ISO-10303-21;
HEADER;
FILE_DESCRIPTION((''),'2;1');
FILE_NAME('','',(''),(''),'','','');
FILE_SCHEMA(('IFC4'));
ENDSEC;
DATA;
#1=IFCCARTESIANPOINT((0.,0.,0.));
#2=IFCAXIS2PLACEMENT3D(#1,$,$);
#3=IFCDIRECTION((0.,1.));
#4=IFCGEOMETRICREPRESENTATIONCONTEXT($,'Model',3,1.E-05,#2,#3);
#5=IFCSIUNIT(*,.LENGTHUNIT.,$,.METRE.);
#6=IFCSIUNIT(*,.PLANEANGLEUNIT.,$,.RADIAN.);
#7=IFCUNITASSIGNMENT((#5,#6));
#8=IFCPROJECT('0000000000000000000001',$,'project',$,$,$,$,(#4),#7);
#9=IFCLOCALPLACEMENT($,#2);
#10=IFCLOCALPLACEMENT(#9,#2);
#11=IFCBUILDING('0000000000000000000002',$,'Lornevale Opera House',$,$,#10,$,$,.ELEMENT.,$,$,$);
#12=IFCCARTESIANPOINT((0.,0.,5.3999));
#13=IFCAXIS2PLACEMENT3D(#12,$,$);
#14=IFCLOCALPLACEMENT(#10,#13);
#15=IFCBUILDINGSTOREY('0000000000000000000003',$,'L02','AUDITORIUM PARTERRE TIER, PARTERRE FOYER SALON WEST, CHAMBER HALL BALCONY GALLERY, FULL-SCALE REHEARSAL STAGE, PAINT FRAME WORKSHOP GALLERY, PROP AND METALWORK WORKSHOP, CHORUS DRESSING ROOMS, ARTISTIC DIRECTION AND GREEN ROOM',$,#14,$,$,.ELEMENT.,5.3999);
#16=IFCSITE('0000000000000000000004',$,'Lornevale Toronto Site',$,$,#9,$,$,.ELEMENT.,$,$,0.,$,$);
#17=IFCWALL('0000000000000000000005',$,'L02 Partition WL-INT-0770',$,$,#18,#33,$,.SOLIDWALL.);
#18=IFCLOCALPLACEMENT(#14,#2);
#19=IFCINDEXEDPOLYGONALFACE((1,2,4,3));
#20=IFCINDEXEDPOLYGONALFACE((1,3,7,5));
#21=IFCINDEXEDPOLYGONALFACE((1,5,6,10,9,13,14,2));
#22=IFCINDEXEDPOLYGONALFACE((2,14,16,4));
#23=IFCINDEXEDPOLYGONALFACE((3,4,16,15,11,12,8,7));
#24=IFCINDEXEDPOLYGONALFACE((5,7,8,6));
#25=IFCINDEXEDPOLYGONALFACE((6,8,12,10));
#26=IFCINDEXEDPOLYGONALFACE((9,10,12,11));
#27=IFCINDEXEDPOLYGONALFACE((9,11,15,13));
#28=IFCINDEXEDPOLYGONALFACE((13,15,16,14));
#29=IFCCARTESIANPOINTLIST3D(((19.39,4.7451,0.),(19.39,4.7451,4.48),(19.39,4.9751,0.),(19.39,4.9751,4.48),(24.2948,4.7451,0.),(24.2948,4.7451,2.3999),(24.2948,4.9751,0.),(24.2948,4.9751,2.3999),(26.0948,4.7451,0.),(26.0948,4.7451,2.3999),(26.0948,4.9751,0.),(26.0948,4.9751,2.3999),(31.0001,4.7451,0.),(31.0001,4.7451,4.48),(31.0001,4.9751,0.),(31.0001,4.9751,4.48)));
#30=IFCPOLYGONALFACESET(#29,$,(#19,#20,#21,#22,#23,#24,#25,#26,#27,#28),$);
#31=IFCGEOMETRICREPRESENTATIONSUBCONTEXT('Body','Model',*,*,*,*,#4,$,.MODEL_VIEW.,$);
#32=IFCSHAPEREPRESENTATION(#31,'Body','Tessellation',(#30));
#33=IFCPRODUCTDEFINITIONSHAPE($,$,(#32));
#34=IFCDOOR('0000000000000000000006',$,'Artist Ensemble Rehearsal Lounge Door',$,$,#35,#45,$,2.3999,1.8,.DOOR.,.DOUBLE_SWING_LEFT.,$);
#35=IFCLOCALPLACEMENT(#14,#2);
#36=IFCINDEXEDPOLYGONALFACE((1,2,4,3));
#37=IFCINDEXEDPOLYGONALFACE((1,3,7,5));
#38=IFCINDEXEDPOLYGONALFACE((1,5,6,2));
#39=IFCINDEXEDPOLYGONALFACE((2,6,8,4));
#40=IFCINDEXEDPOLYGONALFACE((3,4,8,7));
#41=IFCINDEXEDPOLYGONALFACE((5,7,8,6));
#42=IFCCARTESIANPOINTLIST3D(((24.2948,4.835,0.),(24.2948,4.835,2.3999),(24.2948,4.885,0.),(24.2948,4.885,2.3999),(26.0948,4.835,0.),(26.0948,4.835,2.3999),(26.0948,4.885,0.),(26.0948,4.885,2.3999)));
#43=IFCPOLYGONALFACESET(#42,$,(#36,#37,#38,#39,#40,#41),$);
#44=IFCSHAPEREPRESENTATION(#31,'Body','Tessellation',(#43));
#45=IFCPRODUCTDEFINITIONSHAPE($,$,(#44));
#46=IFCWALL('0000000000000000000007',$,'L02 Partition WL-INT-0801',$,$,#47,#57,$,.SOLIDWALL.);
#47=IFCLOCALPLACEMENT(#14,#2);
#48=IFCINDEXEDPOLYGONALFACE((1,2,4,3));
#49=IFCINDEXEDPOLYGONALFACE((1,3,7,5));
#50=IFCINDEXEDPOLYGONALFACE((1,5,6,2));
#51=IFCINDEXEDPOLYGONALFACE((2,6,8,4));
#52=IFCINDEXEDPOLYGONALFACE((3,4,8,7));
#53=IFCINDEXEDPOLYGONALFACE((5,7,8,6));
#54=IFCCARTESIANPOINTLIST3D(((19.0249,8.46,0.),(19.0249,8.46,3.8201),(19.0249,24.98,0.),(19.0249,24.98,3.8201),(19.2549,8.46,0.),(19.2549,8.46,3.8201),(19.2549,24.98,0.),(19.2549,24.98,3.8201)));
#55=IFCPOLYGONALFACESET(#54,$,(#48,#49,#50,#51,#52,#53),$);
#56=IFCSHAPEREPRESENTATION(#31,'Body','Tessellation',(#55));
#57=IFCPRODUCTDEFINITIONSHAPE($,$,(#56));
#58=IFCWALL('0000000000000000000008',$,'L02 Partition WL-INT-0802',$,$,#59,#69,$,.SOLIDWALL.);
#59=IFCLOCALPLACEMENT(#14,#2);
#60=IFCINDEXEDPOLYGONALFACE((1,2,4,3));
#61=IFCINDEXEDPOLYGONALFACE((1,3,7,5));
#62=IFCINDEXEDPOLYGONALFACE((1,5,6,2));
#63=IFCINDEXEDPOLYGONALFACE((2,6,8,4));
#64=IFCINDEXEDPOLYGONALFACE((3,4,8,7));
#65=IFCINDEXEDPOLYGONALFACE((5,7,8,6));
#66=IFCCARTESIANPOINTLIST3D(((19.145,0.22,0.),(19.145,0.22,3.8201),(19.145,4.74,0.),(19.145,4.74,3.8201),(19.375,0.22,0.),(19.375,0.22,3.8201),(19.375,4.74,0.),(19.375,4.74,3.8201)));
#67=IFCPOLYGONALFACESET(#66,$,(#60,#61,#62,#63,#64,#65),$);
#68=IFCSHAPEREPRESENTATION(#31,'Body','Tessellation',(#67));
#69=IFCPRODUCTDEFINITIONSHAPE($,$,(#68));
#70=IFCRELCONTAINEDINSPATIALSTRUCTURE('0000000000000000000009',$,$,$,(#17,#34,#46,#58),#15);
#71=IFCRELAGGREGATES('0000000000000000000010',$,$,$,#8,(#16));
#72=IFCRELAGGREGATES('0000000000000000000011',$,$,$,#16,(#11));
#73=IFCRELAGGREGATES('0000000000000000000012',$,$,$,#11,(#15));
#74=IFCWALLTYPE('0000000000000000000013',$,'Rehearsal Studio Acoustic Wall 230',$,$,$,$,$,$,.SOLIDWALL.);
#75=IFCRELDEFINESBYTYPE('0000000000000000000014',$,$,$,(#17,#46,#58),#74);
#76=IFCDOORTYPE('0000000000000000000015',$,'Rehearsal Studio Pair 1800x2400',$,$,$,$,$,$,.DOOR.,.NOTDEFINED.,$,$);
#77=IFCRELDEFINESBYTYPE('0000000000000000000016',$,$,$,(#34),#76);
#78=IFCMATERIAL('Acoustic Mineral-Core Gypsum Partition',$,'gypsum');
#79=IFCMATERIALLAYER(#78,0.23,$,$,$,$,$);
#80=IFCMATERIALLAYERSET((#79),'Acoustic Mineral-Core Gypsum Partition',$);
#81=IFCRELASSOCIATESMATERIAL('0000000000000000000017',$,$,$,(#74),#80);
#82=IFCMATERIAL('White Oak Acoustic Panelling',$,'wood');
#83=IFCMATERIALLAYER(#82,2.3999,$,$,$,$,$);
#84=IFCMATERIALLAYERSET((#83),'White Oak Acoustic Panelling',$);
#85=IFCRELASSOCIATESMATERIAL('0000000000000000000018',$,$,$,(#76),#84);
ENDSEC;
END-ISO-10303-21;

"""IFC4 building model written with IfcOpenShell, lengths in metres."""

from ifc_helpers import new_model, si_unit, direction, frame, frame_2d, origin, place, context, subcontext, project, spatial, rectangle, extrude, material, layer, layer_set, type_object, element, fill, save


model = new_model("IFC4")

# Units and contexts
model_context = context("Model", 3, precision=1e-05, world=origin(), true_north=direction((0.0, 1.0)))
body_context = subcontext(model_context, "Body", "Model", "MODEL_VIEW")
ifc_project = project(units=[si_unit("LENGTHUNIT", "METRE"), si_unit("PLANEANGLEUNIT", "RADIAN")], contexts=[model_context])

# Site, building, storey
site_placement = place(None, origin())
site = spatial("IfcSite", under=ifc_project, at=site_placement, Name="Lornevale Toronto Site", CompositionType="ELEMENT", RefElevation=0.0)
building_placement = place(site_placement, origin())
building = spatial("IfcBuilding", under=site, at=building_placement, Name="Lornevale Opera House", CompositionType="ELEMENT")
storey_placement = place(building_placement, frame((0.0, 0.0, 5.3999)))
storey = spatial("IfcBuildingStorey", under=building, at=storey_placement, Name="L02", Description="AUDITORIUM PARTERRE TIER, PARTERRE FOYER SALON WEST, CHAMBER HALL BALCONY GALLERY, FULL-SCALE REHEARSAL STAGE, PAINT FRAME WORKSHOP GALLERY, PROP AND METALWORK WORKSHOP, CHORUS DRESSING ROOMS, ARTISTIC DIRECTION AND GREEN ROOM", CompositionType="ELEMENT", Elevation=5.3999)

# Wall, opening, door
ifc_material_1 = material(Name="Acoustic Mineral-Core Gypsum Partition", Category="gypsum")
ifc_layer_1 = layer(ifc_material_1, 0.23)
ifc_layer_set_1 = layer_set([ifc_layer_1], Name="Acoustic Mineral-Core Gypsum Partition")
wall_type_1 = type_object("IfcWallType", Name="Rehearsal Studio Acoustic Wall 230", PredefinedType="SOLIDWALL", material=ifc_layer_set_1)
ifc_material_2 = material(Name="White Oak Acoustic Panelling", Category="wood")
wall_1_placement = place(storey_placement, frame((19.3899, 4.8601, 0.0), z_axis=(0.0, 0.0, 1.0), x_axis=(1.0, 0.0, 0.0)))
wall_1 = element("IfcWall", 1, at=wall_1_placement, inside=storey, type_object=wall_type_1, Name="L02 Partition WL-INT-0770", PredefinedType="SOLIDWALL", context=body_context, shape_type="SweptSolid", body=[
    extrude(rectangle(XDim=11.6101, YDim=0.23, at=frame_2d((5.8052, 0.0))), origin(), (0.0, 0.0, 1.0), 4.48),
])
opening_1_placement = place(wall_1_placement, frame((4.905, 0.0, 0.0)))
opening_1 = element("IfcOpeningElement", 2, at=opening_1_placement, cuts=wall_1, PredefinedType="OPENING", context=body_context, shape_type="SweptSolid", body=[
    extrude(rectangle(XDim=1.8, YDim=2.3999, at=frame_2d((0.8999, 1.2))), frame((0.0, 0.125, 0.0), z_axis=(0.0, -1.0, 0.0), x_axis=(1.0, 0.0, 0.0)), (0.0, 0.0, 1.0), 0.25),
])
ifc_layer_2 = layer(ifc_material_2, 2.3999)
ifc_layer_set_2 = layer_set([ifc_layer_2], Name="White Oak Acoustic Panelling")
door_type_1 = type_object("IfcDoorType", Name="Rehearsal Studio Pair 1800x2400", OperationType="NOTDEFINED", PredefinedType="DOOR", material=ifc_layer_set_2)
door_1_placement = place(opening_1_placement, origin())
door_1 = element("IfcDoor", 3, at=door_1_placement, inside=storey, type_object=door_type_1, Name="Artist Ensemble Rehearsal Lounge Door", OperationType="DOUBLE_SWING_LEFT", OverallHeight=2.3999, OverallWidth=1.8, PredefinedType="DOOR", context=body_context, shape_type="SweptSolid", body=[
    extrude(rectangle(XDim=1.8, YDim=2.3999, at=frame_2d((0.8999, 1.2))), frame((0.0, 0.0249, 0.0), z_axis=(0.0, -1.0, 0.0), x_axis=(1.0, 0.0, 0.0)), (0.0, 0.0, 1.0), 0.05),
])
fill(opening_1, door_1)

# Walls
wall_2_placement = place(storey_placement, frame((19.1399, 8.46, 0.0), z_axis=(0.0, 0.0, 1.0), x_axis=(0.0, 1.0, 0.0)))
element("IfcWall", 4, at=wall_2_placement, inside=storey, type_object=wall_type_1, Name="L02 Partition WL-INT-0801", PredefinedType="SOLIDWALL", context=body_context, shape_type="SweptSolid", body=[
    extrude(rectangle(XDim=16.52, YDim=0.23, at=frame_2d((8.26, 0.0))), origin(), (0.0, 0.0, 1.0), 3.8201),
])
wall_3_placement = place(storey_placement, frame((19.26, 0.22, 0.0), z_axis=(0.0, 0.0, 1.0), x_axis=(0.0, 1.0, 0.0)))
element("IfcWall", 5, at=wall_3_placement, inside=storey, type_object=wall_type_1, Name="L02 Partition WL-INT-0802", PredefinedType="SOLIDWALL", context=body_context, shape_type="SweptSolid", body=[
    extrude(rectangle(XDim=4.52, YDim=0.23, at=frame_2d((2.26, 0.0))), origin(), (0.0, 0.0, 1.0), 3.8201),
])

save(model, "model.ifc")
